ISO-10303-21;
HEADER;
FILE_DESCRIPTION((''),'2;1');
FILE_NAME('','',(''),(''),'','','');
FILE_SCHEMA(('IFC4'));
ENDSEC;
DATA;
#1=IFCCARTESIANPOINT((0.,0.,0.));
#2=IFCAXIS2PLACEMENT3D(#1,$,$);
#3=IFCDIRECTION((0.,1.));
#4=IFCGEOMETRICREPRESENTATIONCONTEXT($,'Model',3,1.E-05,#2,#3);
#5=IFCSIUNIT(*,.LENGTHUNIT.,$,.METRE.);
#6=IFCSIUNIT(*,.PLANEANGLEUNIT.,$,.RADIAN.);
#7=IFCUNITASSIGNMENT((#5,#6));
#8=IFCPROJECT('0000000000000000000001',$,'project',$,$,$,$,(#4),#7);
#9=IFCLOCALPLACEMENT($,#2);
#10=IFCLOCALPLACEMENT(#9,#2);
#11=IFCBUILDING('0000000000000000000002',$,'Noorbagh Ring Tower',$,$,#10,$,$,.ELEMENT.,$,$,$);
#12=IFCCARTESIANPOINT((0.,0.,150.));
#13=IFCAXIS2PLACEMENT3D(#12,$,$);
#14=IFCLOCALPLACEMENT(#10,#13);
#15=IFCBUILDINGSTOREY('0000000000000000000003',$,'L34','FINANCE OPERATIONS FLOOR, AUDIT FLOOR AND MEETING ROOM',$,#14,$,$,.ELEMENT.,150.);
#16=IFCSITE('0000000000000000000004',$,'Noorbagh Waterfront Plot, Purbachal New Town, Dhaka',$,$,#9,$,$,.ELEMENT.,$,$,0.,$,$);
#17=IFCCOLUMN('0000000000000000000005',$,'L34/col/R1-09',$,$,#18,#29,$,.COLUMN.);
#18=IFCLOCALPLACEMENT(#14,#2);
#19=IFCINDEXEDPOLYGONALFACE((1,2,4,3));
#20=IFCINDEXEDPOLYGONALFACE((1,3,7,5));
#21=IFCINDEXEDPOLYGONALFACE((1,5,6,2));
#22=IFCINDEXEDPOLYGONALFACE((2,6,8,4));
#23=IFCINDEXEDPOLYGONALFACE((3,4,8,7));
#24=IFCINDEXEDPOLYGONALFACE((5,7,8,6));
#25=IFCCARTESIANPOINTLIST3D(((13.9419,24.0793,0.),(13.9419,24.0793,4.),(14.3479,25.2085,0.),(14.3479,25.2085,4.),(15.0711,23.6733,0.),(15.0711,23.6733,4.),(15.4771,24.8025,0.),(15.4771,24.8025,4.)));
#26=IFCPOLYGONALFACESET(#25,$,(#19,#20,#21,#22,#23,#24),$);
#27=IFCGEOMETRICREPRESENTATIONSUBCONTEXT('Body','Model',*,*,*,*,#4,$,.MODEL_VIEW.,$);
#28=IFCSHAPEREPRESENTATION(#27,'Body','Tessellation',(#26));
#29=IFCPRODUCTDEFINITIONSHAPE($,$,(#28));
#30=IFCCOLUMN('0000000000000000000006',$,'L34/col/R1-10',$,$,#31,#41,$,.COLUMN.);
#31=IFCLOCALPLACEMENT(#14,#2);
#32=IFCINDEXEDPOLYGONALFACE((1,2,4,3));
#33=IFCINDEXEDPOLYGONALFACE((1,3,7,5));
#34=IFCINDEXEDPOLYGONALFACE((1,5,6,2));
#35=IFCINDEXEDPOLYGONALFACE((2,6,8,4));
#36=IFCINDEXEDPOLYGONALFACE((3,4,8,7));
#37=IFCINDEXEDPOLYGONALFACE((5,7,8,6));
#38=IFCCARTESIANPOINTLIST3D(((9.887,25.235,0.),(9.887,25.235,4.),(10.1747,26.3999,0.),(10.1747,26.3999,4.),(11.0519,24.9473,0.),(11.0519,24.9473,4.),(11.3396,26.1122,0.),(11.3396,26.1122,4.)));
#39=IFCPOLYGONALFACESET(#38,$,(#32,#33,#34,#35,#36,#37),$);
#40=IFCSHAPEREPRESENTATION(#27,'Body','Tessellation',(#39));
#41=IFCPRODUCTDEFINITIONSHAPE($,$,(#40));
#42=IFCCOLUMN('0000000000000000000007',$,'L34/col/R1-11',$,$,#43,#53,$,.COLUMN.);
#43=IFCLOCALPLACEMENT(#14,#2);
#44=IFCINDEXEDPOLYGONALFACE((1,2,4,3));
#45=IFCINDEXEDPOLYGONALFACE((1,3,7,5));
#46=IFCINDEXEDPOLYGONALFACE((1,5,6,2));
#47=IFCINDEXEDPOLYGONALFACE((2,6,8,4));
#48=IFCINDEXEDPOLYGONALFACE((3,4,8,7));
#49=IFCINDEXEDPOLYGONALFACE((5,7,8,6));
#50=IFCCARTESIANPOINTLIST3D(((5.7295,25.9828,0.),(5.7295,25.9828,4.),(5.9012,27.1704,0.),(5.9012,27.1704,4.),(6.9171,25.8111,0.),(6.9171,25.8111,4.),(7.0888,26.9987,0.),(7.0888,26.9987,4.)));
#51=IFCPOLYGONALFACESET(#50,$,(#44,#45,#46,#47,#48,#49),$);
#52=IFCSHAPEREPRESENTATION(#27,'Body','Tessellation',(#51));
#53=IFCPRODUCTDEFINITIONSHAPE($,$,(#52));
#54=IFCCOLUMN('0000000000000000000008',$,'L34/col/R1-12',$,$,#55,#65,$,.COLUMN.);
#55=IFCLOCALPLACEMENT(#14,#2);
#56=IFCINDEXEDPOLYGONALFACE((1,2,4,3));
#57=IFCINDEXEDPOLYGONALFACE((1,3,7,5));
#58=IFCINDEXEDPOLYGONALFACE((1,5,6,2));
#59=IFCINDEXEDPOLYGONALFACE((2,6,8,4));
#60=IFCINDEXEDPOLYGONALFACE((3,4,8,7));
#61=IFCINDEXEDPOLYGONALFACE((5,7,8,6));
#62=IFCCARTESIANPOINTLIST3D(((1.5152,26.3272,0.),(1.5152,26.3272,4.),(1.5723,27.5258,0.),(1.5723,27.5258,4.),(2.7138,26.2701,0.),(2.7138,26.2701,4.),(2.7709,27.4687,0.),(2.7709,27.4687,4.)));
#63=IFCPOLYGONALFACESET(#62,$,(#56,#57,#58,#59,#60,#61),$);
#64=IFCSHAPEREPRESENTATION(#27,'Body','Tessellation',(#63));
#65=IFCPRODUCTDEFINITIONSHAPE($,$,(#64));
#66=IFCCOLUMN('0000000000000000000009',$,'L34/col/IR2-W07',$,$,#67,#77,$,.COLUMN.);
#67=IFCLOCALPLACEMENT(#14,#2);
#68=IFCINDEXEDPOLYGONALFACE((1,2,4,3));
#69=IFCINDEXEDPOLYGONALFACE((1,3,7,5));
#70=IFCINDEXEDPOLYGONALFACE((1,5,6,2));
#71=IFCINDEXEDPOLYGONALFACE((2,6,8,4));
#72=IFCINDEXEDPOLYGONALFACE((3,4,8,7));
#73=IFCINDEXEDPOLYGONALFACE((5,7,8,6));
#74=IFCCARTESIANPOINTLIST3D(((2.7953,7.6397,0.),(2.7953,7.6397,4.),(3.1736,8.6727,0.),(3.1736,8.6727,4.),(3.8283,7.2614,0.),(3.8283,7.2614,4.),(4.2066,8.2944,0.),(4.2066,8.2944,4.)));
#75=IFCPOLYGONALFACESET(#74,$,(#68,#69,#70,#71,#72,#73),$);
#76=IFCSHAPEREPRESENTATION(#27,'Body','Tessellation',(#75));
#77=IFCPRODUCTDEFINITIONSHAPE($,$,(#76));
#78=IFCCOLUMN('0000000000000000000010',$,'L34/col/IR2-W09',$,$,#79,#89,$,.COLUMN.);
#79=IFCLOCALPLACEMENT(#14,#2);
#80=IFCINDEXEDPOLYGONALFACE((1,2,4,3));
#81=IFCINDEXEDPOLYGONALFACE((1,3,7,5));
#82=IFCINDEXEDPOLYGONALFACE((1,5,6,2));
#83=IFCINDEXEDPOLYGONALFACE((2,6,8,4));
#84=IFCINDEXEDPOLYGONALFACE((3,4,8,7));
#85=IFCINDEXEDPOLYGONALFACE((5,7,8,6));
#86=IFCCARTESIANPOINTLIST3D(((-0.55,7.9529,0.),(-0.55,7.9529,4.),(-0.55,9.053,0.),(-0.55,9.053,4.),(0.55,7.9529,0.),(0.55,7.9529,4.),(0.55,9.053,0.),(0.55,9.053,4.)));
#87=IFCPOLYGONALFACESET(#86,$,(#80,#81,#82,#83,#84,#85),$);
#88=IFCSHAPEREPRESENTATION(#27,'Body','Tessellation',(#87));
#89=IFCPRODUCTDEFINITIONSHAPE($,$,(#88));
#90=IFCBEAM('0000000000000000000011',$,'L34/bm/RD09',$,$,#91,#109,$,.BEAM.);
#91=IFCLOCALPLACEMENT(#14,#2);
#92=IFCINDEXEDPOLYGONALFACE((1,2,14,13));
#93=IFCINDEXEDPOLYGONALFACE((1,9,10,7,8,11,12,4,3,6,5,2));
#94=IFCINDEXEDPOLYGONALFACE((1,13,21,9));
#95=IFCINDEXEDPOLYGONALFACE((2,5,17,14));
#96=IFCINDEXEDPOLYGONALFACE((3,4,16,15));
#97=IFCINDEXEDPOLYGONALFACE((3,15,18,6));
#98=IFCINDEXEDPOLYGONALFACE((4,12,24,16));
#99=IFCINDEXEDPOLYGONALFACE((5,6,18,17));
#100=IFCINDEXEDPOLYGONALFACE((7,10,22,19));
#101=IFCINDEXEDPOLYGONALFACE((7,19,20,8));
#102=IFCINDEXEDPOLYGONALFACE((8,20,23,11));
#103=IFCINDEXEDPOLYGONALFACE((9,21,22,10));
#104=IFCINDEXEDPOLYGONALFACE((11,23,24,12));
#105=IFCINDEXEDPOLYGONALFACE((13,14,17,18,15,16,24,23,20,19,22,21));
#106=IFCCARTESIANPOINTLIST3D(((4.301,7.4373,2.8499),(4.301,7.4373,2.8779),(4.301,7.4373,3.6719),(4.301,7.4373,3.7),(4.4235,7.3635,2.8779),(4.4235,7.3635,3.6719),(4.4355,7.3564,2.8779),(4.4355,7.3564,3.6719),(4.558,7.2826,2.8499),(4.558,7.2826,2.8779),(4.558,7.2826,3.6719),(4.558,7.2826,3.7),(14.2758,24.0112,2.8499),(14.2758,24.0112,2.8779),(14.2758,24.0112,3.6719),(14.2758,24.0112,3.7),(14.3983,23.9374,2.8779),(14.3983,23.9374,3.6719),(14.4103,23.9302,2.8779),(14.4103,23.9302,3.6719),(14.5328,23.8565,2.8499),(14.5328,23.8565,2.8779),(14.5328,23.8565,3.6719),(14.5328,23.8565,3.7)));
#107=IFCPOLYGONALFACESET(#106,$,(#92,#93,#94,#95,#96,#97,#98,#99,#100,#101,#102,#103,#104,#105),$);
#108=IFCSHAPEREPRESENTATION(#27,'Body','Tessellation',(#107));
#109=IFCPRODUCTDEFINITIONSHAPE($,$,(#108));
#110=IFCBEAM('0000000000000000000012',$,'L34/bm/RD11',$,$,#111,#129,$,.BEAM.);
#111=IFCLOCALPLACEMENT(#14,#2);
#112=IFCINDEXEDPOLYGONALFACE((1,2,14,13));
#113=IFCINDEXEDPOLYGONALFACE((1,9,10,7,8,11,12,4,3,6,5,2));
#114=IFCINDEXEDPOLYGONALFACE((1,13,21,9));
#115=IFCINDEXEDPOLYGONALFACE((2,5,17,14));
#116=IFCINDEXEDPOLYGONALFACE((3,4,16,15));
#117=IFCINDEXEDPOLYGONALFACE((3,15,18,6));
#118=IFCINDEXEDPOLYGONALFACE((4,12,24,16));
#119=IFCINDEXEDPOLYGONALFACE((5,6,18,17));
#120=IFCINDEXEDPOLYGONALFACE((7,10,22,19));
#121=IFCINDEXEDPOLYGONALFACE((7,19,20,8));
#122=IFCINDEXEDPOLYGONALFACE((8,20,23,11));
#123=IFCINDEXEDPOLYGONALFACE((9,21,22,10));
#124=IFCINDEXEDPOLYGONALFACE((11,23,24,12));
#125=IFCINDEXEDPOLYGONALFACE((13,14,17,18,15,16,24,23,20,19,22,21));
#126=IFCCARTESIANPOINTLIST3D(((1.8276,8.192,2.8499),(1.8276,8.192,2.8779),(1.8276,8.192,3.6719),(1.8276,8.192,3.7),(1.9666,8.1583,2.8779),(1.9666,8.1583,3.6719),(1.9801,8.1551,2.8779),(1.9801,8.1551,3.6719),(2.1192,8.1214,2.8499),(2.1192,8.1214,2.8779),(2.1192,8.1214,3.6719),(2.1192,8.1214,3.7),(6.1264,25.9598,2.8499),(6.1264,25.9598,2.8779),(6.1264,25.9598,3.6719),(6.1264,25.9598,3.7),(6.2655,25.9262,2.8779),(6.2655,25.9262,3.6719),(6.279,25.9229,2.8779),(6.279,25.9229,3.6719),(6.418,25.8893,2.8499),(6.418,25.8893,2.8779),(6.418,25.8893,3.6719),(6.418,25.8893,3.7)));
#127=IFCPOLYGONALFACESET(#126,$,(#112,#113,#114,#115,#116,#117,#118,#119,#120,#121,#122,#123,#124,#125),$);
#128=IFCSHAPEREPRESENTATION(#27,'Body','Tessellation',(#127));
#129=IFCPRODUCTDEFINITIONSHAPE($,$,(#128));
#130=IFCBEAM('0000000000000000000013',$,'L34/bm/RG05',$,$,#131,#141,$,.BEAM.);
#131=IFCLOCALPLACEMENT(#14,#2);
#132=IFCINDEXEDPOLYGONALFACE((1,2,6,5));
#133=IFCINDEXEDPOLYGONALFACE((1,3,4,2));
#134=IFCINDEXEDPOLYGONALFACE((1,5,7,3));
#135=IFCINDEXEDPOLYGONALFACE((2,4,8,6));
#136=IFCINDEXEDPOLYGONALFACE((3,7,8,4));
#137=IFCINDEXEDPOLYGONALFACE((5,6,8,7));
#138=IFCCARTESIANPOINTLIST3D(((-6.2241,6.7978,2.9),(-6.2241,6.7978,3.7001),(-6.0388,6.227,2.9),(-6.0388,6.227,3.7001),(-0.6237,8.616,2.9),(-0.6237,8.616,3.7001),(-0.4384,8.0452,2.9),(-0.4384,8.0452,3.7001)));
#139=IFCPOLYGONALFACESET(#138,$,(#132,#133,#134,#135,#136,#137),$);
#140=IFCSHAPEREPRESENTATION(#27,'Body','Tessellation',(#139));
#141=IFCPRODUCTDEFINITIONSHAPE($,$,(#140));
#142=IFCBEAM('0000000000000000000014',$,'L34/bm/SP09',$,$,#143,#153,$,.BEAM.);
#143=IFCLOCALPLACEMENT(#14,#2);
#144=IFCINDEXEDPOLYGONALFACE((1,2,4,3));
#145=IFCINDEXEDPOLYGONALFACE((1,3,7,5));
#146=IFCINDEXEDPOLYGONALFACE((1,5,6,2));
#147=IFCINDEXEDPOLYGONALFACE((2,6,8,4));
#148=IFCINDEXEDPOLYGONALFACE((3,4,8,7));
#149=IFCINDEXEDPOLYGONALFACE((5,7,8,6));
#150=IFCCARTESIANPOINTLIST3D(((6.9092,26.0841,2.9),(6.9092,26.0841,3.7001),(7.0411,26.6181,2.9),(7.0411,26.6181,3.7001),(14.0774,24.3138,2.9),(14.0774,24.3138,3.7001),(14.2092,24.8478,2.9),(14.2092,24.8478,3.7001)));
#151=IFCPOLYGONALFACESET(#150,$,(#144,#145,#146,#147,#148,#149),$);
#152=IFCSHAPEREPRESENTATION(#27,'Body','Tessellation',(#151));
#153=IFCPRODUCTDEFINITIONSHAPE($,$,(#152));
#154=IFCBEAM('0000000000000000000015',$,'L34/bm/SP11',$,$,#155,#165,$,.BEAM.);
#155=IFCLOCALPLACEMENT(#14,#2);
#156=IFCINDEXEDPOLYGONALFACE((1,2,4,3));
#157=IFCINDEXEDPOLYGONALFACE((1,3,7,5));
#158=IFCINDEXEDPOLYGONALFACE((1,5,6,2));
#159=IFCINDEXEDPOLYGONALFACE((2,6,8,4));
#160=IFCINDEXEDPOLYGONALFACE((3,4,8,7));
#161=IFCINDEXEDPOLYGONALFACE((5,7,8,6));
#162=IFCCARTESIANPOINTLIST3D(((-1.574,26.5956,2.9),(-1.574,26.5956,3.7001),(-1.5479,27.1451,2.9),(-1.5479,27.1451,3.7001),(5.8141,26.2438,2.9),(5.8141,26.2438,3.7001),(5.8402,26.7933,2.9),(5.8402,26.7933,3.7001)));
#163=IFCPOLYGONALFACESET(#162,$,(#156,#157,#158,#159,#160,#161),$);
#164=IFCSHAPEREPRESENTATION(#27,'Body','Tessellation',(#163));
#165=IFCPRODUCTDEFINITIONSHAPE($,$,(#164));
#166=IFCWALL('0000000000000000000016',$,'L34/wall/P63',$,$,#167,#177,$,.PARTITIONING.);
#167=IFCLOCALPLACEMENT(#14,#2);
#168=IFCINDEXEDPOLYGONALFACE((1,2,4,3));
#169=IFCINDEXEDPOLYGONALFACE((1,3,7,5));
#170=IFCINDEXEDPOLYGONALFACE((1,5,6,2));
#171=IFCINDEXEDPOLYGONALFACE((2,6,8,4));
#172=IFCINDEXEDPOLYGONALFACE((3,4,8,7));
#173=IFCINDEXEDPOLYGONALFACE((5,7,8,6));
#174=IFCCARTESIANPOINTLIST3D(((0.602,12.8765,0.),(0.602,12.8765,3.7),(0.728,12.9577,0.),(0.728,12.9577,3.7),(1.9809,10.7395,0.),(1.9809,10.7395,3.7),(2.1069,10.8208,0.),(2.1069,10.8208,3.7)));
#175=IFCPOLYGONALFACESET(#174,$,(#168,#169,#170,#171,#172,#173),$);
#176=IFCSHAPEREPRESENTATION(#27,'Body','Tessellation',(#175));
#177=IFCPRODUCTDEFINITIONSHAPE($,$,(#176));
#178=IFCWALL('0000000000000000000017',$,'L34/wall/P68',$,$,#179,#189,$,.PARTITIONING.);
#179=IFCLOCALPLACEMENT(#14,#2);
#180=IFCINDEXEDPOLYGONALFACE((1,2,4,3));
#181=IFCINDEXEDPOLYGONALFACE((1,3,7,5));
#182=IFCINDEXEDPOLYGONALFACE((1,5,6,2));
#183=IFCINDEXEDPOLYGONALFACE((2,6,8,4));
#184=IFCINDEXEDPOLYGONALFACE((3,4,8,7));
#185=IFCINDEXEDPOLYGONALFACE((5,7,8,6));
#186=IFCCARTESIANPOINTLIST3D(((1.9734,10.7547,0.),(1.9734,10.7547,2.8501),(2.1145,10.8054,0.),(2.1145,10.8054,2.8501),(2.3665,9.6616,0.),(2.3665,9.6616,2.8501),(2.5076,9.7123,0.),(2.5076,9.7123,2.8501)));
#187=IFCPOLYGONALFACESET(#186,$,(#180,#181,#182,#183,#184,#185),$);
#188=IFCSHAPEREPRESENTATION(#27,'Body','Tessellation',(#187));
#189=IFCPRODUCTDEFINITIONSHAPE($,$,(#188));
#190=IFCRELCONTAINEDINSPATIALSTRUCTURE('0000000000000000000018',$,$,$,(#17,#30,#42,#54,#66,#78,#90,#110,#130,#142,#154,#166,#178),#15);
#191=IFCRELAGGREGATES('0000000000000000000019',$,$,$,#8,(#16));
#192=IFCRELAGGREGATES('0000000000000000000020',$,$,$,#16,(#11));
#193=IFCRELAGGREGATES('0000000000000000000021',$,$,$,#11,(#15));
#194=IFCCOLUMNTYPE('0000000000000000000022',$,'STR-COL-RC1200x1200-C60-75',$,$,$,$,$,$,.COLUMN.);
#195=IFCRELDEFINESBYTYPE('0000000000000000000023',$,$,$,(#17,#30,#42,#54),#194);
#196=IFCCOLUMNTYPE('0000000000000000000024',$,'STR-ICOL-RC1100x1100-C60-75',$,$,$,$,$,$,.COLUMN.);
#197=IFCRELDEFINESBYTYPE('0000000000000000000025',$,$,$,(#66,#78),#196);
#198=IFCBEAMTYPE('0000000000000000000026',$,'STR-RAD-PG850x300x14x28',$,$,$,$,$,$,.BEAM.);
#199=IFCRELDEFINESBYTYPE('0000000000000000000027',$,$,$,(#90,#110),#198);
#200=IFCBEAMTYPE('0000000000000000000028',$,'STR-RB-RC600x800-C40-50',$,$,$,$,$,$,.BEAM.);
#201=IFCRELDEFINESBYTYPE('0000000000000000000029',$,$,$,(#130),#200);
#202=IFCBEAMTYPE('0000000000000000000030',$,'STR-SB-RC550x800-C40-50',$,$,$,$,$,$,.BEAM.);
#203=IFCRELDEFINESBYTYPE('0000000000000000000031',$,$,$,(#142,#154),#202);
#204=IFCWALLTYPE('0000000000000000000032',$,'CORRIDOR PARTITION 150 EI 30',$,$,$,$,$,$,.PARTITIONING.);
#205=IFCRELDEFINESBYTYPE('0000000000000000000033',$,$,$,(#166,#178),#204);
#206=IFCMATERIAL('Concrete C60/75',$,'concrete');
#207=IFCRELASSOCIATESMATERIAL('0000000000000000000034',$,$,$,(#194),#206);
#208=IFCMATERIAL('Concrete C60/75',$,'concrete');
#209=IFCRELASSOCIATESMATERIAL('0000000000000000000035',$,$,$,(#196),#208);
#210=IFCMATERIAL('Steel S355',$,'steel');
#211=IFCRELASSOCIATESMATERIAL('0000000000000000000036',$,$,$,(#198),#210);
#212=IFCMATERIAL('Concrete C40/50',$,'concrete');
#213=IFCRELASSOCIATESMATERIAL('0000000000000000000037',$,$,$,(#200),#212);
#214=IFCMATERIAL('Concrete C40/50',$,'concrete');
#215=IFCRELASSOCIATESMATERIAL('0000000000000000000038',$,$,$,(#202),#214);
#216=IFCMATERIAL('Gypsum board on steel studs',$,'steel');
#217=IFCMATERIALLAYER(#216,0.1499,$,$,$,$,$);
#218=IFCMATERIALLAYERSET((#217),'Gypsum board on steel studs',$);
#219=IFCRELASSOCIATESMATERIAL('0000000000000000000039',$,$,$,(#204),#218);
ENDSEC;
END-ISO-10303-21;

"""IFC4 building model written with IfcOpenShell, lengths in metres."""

from ifc_helpers import new_model, si_unit, direction, frame, frame_2d, origin, origin_2d, place, context, subcontext, project, spatial, rectangle, i_section, extrude, material, layer, layer_set, material_profile, profile_set, type_object, element, save


model = new_model("IFC4")

# Units and contexts
model_context = context("Model", 3, precision=1e-05, world=origin(), true_north=direction((0.0, 1.0)))
body_context = subcontext(model_context, "Body", "Model", "MODEL_VIEW")
ifc_project = project(units=[si_unit("LENGTHUNIT", "METRE"), si_unit("PLANEANGLEUNIT", "RADIAN")], contexts=[model_context])

# Site, building, storey
site_placement = place(None, origin())
site = spatial("IfcSite", under=ifc_project, at=site_placement, Name="Noorbagh Waterfront Plot, Purbachal New Town, Dhaka", CompositionType="ELEMENT", RefElevation=0.0)
building_placement = place(site_placement, origin())
building = spatial("IfcBuilding", under=site, at=building_placement, Name="Noorbagh Ring Tower", CompositionType="ELEMENT")
storey_placement = place(building_placement, frame((0.0, 0.0, 150.0)))
storey = spatial("IfcBuildingStorey", under=building, at=storey_placement, Name="L34", Description="FINANCE OPERATIONS FLOOR, AUDIT FLOOR AND MEETING ROOM", CompositionType="ELEMENT", Elevation=150.0)

# Columns
ifc_material_1 = material(Name="Concrete C60/75", Category="concrete")
ifc_material_profile_1 = material_profile(ifc_material_1, rectangle(XDim=1.2, YDim=1.2, at=origin_2d()), Name="RC1200x1200")
ifc_profile_set_1 = profile_set([ifc_material_profile_1], Name="Concrete C60/75")
column_type_1 = type_object("IfcColumnType", Name="STR-COL-RC1200x1200-C60-75", PredefinedType="COLUMN", material=ifc_profile_set_1)
for number, where, z_axis, x_axis, name in (
    (1, (14.7095, 24.4409, 0.0), (0.0, 0.0, 1.0), (-0.941025, 0.338338, 0.0), "L34/col/R1-09"),
    (2, (10.6133, 25.6736, 0.0), (0.0, 0.0, 1.0), (-0.970829, 0.239771, 0.0), "L34/col/R1-10"),
    (3, (6.4092, 26.4907, 0.0), (0.0, 0.0, 1.0), (-0.989713, 0.143066, 0.0), "L34/col/R1-11"),
    (4, (2.1431, 26.8979, 0.0), (0.0, 0.0, 1.0), (-0.998869, 0.047553, 0.0), "L34/col/R1-12"),
):
    element("IfcColumn", number, at=place(storey_placement, frame(where, z_axis=z_axis, x_axis=x_axis)), inside=storey, type_object=column_type_1, Name=name, PredefinedType="COLUMN", context=body_context, shape_type="SweptSolid", body=[
        extrude(rectangle(XDim=1.2, YDim=1.2, at=origin_2d()), origin(), (0.0, 0.0, 1.0), 4.0),
    ])
ifc_material_2 = material(Name="Concrete C60/75", Category="concrete")
ifc_material_profile_2 = material_profile(ifc_material_2, rectangle(XDim=1.1001, YDim=1.1001, at=origin_2d()), Name="RC1100x1100")
ifc_profile_set_2 = profile_set([ifc_material_profile_2], Name="Concrete C60/75")
column_type_2 = type_object("IfcColumnType", Name="STR-ICOL-RC1100x1100-C60-75", PredefinedType="COLUMN", material=ifc_profile_set_2)
for number, where, z_axis, x_axis, name in (
    (5, (3.501, 7.967, 0.0), (0.0, 0.0, 1.0), (-0.93902, 0.343864, 0.0), "L34/col/IR2-W07"),
    (6, (0.0, 8.5029, 0.0), (0.0, 0.0, 1.0), (-1.0, 0.0, 0.0), "L34/col/IR2-W09"),
):
    element("IfcColumn", number, at=place(storey_placement, frame(where, z_axis=z_axis, x_axis=x_axis)), inside=storey, type_object=column_type_2, Name=name, PredefinedType="COLUMN", context=body_context, shape_type="SweptSolid", body=[
        extrude(rectangle(XDim=1.1001, YDim=1.1001, at=origin_2d()), origin(), (0.0, 0.0, 1.0), 4.0),
    ])

# Beams
ifc_material_3 = material(Name="Steel S355", Category="steel")
ifc_material_profile_3 = material_profile(ifc_material_3, i_section(OverallWidth=0.3, OverallDepth=0.8501, WebThickness=0.0139, FlangeThickness=0.0281, at=origin_2d()), Name="PG850x300x14x28")
ifc_profile_set_3 = profile_set([ifc_material_profile_3], Name="Steel S355")
beam_type_1 = type_object("IfcBeamType", Name="STR-RAD-PG850x300x14x28", PredefinedType="BEAM", material=ifc_profile_set_3)
beam_1_placement = place(storey_placement, frame((14.4043, 23.9338, 3.2749), z_axis=(-0.515653, -0.856797, 0.0), x_axis=(0.856797, -0.515653, 0.0)))
element("IfcBeam", 7, at=beam_1_placement, inside=storey, type_object=beam_type_1, Name="L34/bm/RD09", PredefinedType="BEAM", context=body_context, shape_type="SweptSolid", body=[
    extrude(i_section(OverallWidth=0.3, OverallDepth=0.8501, WebThickness=0.0139, FlangeThickness=0.0281, at=origin_2d()), origin(), (0.0, 0.0, 1.0), 19.344),
])
beam_2_placement = place(storey_placement, frame((6.2722, 25.9246, 3.2749), z_axis=(-0.23516, -0.971957, 0.0), x_axis=(0.971957, -0.23516, 0.0)))
element("IfcBeam", 8, at=beam_2_placement, inside=storey, type_object=beam_type_1, Name="L34/bm/RD11", PredefinedType="BEAM", context=body_context, shape_type="SweptSolid", body=[
    extrude(i_section(OverallWidth=0.3, OverallDepth=0.8501, WebThickness=0.0139, FlangeThickness=0.0281, at=origin_2d()), origin(), (0.0, 0.0, 1.0), 18.2805),
])
ifc_material_4 = material(Name="Concrete C40/50", Category="concrete")
ifc_material_profile_4 = material_profile(ifc_material_4, rectangle(XDim=0.6001, YDim=0.8, at=origin_2d()), Name="RC600x800")
ifc_profile_set_4 = profile_set([ifc_material_profile_4], Name="Concrete C40/50")
beam_type_2 = type_object("IfcBeamType", Name="STR-RB-RC600x800-C40-50", PredefinedType="BEAM", material=ifc_profile_set_4)
beam_3_placement = place(storey_placement, frame((-0.531, 8.3306, 3.3), z_axis=(-0.951134, -0.308779, 0.0), x_axis=(0.308779, -0.951134, 0.0)))
element("IfcBeam", 9, at=beam_3_placement, inside=storey, type_object=beam_type_2, Name="L34/bm/RG05", PredefinedType="BEAM", context=body_context, shape_type="SweptSolid", body=[
    extrude(rectangle(XDim=0.6001, YDim=0.8, at=origin_2d()), origin(), (0.0, 0.0, 1.0), 5.8882),
])
ifc_material_5 = material(Name="Concrete C40/50", Category="concrete")
ifc_material_profile_5 = material_profile(ifc_material_5, rectangle(XDim=0.55, YDim=0.8, at=origin_2d()), Name="RC550x800")
ifc_profile_set_5 = profile_set([ifc_material_profile_5], Name="Concrete C40/50")
beam_type_3 = type_object("IfcBeamType", Name="STR-SB-RC550x800-C40-50", PredefinedType="BEAM", material=ifc_profile_set_5)
beam_4_placement = place(storey_placement, frame((14.1433, 24.5808, 3.3), z_axis=(-0.970833, 0.239757, 0.0), x_axis=(-0.239757, -0.970833, 0.0)))
element("IfcBeam", 10, at=beam_4_placement, inside=storey, type_object=beam_type_3, Name="L34/bm/SP09", PredefinedType="BEAM", context=body_context, shape_type="SweptSolid", body=[
    extrude(rectangle(XDim=0.55, YDim=0.8, at=origin_2d()), origin(), (0.0, 0.0, 1.0), 7.3835),
])
beam_5_placement = place(storey_placement, frame((5.8271, 26.5186, 3.3), z_axis=(-0.998868, 0.047564, 0.0), x_axis=(-0.047564, -0.998868, 0.0)))
element("IfcBeam", 11, at=beam_5_placement, inside=storey, type_object=beam_type_3, Name="L34/bm/SP11", PredefinedType="BEAM", context=body_context, shape_type="SweptSolid", body=[
    extrude(rectangle(XDim=0.55, YDim=0.8, at=origin_2d()), origin(), (0.0, 0.0, 1.0), 7.3965),
])

# Walls
ifc_material_6 = material(Name="Gypsum board on steel studs", Category="steel")
ifc_layer_1 = layer(ifc_material_6, 0.1499)
ifc_layer_set_1 = layer_set([ifc_layer_1], Name="Gypsum board on steel studs")
wall_type_1 = type_object("IfcWallType", Name="CORRIDOR PARTITION 150 EI 30", PredefinedType="PARTITIONING", material=ifc_layer_set_1)
wall_1_placement = place(storey_placement, frame((0.665, 12.917, 0.0), z_axis=(0.0, 0.0, 1.0), x_axis=(0.542188, -0.840257, 0.0)))
element("IfcWall", 12, at=wall_1_placement, inside=storey, type_object=wall_type_1, Name="L34/wall/P63", PredefinedType="PARTITIONING", context=body_context, shape_type="SweptSolid", body=[
    extrude(rectangle(XDim=2.5432, YDim=0.1499, at=frame_2d((1.2715, 0.0))), origin(), (0.0, 0.0, 1.0), 3.7),
])
wall_2_placement = place(storey_placement, frame((2.0439, 10.78, 0.0), z_axis=(0.0, 0.0, 1.0), x_axis=(0.338399, -0.941003, 0.0)))
element("IfcWall", 13, at=wall_2_placement, inside=storey, type_object=wall_type_1, Name="L34/wall/P68", PredefinedType="PARTITIONING", context=body_context, shape_type="SweptSolid", body=[
    extrude(rectangle(XDim=1.1616, YDim=0.1499, at=frame_2d((0.5808, 0.0))), origin(), (0.0, 0.0, 1.0), 2.8501),
])

save(model, "model.ifc")
